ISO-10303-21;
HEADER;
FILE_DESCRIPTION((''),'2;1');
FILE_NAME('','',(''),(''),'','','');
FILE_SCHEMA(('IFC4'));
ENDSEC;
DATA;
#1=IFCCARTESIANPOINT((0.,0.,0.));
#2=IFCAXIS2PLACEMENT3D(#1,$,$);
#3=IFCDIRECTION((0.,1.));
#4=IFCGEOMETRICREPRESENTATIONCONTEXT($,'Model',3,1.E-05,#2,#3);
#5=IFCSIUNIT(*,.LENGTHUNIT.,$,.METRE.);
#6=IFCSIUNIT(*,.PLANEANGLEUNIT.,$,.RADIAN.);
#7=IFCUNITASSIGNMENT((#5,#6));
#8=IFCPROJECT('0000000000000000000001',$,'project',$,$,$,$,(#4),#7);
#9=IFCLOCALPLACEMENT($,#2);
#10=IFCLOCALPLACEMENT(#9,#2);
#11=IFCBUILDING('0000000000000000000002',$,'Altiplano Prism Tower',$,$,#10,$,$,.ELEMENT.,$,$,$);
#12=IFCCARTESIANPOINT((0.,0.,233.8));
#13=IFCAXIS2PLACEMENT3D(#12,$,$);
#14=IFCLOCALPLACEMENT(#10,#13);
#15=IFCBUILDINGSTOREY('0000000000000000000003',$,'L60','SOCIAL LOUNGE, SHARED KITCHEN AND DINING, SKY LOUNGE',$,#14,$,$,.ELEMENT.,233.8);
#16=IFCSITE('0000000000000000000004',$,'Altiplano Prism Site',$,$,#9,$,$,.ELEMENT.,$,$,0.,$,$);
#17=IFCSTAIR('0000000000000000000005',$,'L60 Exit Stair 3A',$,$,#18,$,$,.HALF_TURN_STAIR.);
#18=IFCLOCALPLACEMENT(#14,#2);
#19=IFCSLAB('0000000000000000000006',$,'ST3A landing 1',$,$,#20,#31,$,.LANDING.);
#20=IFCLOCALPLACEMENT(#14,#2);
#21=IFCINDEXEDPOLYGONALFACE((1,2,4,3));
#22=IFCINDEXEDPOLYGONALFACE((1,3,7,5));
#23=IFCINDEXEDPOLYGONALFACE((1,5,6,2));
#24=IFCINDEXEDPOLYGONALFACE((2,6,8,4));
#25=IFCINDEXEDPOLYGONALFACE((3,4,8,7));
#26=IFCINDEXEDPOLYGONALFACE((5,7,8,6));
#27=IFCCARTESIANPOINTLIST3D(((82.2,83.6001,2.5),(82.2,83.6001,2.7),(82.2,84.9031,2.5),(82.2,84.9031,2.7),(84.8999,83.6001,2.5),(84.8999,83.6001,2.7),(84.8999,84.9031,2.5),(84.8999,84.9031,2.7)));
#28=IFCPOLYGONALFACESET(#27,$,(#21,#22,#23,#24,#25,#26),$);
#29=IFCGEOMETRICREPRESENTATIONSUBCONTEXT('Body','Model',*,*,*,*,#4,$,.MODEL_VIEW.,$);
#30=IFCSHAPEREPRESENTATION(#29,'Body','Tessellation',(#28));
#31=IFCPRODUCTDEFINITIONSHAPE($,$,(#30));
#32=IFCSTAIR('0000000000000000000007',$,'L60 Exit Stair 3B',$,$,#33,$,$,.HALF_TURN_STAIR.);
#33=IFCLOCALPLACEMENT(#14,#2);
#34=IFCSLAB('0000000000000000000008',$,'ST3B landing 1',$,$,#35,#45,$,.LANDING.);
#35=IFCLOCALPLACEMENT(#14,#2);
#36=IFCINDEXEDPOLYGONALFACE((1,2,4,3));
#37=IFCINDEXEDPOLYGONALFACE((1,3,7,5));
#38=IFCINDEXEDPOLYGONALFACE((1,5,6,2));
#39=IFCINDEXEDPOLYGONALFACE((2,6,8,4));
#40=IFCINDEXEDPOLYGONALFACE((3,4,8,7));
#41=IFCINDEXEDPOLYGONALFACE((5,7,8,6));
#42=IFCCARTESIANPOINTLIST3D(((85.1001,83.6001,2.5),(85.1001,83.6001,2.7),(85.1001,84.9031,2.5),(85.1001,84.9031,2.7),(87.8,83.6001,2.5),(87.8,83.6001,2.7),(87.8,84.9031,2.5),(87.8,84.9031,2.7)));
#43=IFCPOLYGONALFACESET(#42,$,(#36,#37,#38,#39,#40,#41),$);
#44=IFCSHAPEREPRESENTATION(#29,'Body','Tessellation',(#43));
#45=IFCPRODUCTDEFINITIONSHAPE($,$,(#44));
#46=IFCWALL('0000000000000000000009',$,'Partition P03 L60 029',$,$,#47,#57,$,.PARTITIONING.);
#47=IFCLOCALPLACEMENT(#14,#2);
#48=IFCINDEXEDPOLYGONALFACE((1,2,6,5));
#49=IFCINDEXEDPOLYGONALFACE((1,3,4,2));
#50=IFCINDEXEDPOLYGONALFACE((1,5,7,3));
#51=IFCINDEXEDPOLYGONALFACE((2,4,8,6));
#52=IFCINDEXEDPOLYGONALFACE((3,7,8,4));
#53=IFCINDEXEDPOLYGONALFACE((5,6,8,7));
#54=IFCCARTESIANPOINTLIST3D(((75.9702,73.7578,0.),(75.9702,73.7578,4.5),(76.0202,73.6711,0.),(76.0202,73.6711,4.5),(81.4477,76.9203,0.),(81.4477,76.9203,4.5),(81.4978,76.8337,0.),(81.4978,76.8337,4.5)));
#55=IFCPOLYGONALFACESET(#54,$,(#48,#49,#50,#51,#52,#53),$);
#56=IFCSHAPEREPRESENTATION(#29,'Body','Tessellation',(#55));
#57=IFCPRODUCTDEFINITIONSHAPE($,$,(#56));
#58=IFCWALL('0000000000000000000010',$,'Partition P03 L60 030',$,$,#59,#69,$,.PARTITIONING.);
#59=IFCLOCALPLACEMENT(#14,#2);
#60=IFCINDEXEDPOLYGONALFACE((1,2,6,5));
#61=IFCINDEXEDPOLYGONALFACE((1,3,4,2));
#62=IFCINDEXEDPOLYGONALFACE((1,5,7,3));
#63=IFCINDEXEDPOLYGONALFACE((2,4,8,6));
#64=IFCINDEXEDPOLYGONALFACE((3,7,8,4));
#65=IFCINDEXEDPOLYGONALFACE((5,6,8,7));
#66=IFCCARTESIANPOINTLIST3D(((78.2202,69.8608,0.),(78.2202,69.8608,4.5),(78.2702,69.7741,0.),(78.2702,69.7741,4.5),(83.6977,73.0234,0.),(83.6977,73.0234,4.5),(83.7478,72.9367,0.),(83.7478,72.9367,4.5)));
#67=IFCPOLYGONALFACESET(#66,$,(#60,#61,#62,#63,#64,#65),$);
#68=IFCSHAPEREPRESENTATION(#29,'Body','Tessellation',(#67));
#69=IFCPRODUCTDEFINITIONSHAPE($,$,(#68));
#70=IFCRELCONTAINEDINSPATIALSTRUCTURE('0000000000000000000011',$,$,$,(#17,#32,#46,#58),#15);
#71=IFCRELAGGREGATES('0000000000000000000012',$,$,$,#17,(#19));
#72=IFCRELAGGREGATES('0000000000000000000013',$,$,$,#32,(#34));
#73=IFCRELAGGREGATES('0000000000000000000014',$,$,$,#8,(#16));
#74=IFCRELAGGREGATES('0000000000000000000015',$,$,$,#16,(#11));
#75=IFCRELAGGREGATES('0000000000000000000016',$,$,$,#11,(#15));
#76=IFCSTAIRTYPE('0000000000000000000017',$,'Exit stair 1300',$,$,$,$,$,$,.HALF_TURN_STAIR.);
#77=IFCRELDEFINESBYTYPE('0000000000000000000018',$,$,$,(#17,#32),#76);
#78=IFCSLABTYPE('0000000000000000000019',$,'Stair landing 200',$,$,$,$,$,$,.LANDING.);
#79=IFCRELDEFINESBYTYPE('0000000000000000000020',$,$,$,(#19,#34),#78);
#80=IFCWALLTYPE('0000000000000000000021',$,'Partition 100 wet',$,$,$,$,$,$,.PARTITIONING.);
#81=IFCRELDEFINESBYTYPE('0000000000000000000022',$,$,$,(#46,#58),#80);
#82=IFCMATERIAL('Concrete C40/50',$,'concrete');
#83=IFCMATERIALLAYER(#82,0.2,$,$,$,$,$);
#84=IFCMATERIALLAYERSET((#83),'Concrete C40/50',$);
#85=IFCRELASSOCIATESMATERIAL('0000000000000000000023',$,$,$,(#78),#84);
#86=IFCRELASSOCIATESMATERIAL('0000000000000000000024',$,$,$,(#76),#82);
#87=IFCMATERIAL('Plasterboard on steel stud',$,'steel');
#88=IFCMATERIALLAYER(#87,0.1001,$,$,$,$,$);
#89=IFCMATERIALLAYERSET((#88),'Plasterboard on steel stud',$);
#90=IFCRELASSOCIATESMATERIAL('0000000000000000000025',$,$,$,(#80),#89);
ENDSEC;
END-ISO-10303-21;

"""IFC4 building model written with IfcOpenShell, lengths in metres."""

from ifc_helpers import new_model, si_unit, direction, frame, frame_2d, origin, place, context, subcontext, project, spatial, polyline, rectangle, outline, extrude, material, layer, layer_set, type_object, element, aggregate, save


model = new_model("IFC4")

# Units and contexts
model_context = context("Model", 3, precision=1e-05, world=origin(), true_north=direction((0.0, 1.0)))
body_context = subcontext(model_context, "Body", "Model", "MODEL_VIEW")
ifc_project = project(units=[si_unit("LENGTHUNIT", "METRE"), si_unit("PLANEANGLEUNIT", "RADIAN")], contexts=[model_context])

# Site, building, storey
site_placement = place(None, origin())
site = spatial("IfcSite", under=ifc_project, at=site_placement, Name="Altiplano Prism Site", CompositionType="ELEMENT", RefElevation=0.0)
building_placement = place(site_placement, origin())
building = spatial("IfcBuilding", under=site, at=building_placement, Name="Altiplano Prism Tower", CompositionType="ELEMENT")
storey_placement = place(building_placement, frame((0.0, 0.0, 233.8)))
storey = spatial("IfcBuildingStorey", under=building, at=storey_placement, Name="L60", Description="SOCIAL LOUNGE, SHARED KITCHEN AND DINING, SKY LOUNGE", CompositionType="ELEMENT", Elevation=233.8)

# Shared definitions
ifc_material_1 = material(Name="Concrete C40/50", Category="concrete")

# Shared definitions
ifc_layer_1 = layer(ifc_material_1, 0.2)
ifc_layer_set_1 = layer_set([ifc_layer_1], Name="Concrete C40/50")
slab_type_1 = type_object("IfcSlabType", Name="Stair landing 200", PredefinedType="LANDING", material=ifc_layer_set_1)

# Stairs, slabs
stair_type_1 = type_object("IfcStairType", Name="Exit stair 1300", PredefinedType="HALF_TURN_STAIR", material=ifc_material_1)
stair_1_placement = place(storey_placement, origin())
stair_1 = element("IfcStair", 1, at=stair_1_placement, inside=storey, type_object=stair_type_1, Name="L60 Exit Stair 3A", PredefinedType="HALF_TURN_STAIR")
slab_1_placement = place(storey_placement, frame((0.0, 0.0, 2.5)))
slab_1 = element("IfcSlab", 2, at=slab_1_placement, type_object=slab_type_1, Name="ST3A landing 1", PredefinedType="LANDING", context=body_context, shape_type="SweptSolid", body=[
    extrude(outline(polyline([(82.2, 84.9031), (82.2, 83.6001), (84.8999, 83.6001), (84.8999, 84.9031), (82.2, 84.9031)])), origin(), (0.0, 0.0, 1.0), 0.2),
])
aggregate(stair_1, [slab_1])
stair_2_placement = place(storey_placement, origin())
stair_2 = element("IfcStair", 3, at=stair_2_placement, inside=storey, type_object=stair_type_1, Name="L60 Exit Stair 3B", PredefinedType="HALF_TURN_STAIR")
slab_2_placement = place(storey_placement, frame((0.0, 0.0, 2.5)))
slab_2 = element("IfcSlab", 4, at=slab_2_placement, type_object=slab_type_1, Name="ST3B landing 1", PredefinedType="LANDING", context=body_context, shape_type="SweptSolid", body=[
    extrude(outline(polyline([(85.1001, 84.9031), (85.1001, 83.6001), (87.8, 83.6001), (87.8, 84.9031), (85.1001, 84.9031)])), origin(), (0.0, 0.0, 1.0), 0.2),
])
aggregate(stair_2, [slab_2])

# Walls
ifc_material_2 = material(Name="Plasterboard on steel stud", Category="steel")
ifc_layer_2 = layer(ifc_material_2, 0.1001)
ifc_layer_set_2 = layer_set([ifc_layer_2], Name="Plasterboard on steel stud")
wall_type = type_object("IfcWallType", Name="Partition 100 wet", PredefinedType="PARTITIONING", material=ifc_layer_set_2)
for number, where, z_axis, x_axis, name in (
    (5, (75.9951, 73.7144, 0.0), (0.0, 0.0, 1.0), (0.866016, 0.500016, 0.0), "Partition P03 L60 029"),
    (6, (78.2451, 69.8174, 0.0), (0.0, 0.0, 1.0), (0.866016, 0.500016, 0.0), "Partition P03 L60 030"),
):
    element("IfcWall", number, at=place(storey_placement, frame(where, z_axis=z_axis, x_axis=x_axis)), inside=storey, type_object=wall_type, Name=name, PredefinedType="PARTITIONING", context=body_context, shape_type="SweptSolid", body=[
        extrude(rectangle(XDim=6.325, YDim=0.1001, at=frame_2d((3.1626, 0.0))), origin(), (0.0, 0.0, 1.0), 4.5),
    ])

save(model, "model.ifc")
